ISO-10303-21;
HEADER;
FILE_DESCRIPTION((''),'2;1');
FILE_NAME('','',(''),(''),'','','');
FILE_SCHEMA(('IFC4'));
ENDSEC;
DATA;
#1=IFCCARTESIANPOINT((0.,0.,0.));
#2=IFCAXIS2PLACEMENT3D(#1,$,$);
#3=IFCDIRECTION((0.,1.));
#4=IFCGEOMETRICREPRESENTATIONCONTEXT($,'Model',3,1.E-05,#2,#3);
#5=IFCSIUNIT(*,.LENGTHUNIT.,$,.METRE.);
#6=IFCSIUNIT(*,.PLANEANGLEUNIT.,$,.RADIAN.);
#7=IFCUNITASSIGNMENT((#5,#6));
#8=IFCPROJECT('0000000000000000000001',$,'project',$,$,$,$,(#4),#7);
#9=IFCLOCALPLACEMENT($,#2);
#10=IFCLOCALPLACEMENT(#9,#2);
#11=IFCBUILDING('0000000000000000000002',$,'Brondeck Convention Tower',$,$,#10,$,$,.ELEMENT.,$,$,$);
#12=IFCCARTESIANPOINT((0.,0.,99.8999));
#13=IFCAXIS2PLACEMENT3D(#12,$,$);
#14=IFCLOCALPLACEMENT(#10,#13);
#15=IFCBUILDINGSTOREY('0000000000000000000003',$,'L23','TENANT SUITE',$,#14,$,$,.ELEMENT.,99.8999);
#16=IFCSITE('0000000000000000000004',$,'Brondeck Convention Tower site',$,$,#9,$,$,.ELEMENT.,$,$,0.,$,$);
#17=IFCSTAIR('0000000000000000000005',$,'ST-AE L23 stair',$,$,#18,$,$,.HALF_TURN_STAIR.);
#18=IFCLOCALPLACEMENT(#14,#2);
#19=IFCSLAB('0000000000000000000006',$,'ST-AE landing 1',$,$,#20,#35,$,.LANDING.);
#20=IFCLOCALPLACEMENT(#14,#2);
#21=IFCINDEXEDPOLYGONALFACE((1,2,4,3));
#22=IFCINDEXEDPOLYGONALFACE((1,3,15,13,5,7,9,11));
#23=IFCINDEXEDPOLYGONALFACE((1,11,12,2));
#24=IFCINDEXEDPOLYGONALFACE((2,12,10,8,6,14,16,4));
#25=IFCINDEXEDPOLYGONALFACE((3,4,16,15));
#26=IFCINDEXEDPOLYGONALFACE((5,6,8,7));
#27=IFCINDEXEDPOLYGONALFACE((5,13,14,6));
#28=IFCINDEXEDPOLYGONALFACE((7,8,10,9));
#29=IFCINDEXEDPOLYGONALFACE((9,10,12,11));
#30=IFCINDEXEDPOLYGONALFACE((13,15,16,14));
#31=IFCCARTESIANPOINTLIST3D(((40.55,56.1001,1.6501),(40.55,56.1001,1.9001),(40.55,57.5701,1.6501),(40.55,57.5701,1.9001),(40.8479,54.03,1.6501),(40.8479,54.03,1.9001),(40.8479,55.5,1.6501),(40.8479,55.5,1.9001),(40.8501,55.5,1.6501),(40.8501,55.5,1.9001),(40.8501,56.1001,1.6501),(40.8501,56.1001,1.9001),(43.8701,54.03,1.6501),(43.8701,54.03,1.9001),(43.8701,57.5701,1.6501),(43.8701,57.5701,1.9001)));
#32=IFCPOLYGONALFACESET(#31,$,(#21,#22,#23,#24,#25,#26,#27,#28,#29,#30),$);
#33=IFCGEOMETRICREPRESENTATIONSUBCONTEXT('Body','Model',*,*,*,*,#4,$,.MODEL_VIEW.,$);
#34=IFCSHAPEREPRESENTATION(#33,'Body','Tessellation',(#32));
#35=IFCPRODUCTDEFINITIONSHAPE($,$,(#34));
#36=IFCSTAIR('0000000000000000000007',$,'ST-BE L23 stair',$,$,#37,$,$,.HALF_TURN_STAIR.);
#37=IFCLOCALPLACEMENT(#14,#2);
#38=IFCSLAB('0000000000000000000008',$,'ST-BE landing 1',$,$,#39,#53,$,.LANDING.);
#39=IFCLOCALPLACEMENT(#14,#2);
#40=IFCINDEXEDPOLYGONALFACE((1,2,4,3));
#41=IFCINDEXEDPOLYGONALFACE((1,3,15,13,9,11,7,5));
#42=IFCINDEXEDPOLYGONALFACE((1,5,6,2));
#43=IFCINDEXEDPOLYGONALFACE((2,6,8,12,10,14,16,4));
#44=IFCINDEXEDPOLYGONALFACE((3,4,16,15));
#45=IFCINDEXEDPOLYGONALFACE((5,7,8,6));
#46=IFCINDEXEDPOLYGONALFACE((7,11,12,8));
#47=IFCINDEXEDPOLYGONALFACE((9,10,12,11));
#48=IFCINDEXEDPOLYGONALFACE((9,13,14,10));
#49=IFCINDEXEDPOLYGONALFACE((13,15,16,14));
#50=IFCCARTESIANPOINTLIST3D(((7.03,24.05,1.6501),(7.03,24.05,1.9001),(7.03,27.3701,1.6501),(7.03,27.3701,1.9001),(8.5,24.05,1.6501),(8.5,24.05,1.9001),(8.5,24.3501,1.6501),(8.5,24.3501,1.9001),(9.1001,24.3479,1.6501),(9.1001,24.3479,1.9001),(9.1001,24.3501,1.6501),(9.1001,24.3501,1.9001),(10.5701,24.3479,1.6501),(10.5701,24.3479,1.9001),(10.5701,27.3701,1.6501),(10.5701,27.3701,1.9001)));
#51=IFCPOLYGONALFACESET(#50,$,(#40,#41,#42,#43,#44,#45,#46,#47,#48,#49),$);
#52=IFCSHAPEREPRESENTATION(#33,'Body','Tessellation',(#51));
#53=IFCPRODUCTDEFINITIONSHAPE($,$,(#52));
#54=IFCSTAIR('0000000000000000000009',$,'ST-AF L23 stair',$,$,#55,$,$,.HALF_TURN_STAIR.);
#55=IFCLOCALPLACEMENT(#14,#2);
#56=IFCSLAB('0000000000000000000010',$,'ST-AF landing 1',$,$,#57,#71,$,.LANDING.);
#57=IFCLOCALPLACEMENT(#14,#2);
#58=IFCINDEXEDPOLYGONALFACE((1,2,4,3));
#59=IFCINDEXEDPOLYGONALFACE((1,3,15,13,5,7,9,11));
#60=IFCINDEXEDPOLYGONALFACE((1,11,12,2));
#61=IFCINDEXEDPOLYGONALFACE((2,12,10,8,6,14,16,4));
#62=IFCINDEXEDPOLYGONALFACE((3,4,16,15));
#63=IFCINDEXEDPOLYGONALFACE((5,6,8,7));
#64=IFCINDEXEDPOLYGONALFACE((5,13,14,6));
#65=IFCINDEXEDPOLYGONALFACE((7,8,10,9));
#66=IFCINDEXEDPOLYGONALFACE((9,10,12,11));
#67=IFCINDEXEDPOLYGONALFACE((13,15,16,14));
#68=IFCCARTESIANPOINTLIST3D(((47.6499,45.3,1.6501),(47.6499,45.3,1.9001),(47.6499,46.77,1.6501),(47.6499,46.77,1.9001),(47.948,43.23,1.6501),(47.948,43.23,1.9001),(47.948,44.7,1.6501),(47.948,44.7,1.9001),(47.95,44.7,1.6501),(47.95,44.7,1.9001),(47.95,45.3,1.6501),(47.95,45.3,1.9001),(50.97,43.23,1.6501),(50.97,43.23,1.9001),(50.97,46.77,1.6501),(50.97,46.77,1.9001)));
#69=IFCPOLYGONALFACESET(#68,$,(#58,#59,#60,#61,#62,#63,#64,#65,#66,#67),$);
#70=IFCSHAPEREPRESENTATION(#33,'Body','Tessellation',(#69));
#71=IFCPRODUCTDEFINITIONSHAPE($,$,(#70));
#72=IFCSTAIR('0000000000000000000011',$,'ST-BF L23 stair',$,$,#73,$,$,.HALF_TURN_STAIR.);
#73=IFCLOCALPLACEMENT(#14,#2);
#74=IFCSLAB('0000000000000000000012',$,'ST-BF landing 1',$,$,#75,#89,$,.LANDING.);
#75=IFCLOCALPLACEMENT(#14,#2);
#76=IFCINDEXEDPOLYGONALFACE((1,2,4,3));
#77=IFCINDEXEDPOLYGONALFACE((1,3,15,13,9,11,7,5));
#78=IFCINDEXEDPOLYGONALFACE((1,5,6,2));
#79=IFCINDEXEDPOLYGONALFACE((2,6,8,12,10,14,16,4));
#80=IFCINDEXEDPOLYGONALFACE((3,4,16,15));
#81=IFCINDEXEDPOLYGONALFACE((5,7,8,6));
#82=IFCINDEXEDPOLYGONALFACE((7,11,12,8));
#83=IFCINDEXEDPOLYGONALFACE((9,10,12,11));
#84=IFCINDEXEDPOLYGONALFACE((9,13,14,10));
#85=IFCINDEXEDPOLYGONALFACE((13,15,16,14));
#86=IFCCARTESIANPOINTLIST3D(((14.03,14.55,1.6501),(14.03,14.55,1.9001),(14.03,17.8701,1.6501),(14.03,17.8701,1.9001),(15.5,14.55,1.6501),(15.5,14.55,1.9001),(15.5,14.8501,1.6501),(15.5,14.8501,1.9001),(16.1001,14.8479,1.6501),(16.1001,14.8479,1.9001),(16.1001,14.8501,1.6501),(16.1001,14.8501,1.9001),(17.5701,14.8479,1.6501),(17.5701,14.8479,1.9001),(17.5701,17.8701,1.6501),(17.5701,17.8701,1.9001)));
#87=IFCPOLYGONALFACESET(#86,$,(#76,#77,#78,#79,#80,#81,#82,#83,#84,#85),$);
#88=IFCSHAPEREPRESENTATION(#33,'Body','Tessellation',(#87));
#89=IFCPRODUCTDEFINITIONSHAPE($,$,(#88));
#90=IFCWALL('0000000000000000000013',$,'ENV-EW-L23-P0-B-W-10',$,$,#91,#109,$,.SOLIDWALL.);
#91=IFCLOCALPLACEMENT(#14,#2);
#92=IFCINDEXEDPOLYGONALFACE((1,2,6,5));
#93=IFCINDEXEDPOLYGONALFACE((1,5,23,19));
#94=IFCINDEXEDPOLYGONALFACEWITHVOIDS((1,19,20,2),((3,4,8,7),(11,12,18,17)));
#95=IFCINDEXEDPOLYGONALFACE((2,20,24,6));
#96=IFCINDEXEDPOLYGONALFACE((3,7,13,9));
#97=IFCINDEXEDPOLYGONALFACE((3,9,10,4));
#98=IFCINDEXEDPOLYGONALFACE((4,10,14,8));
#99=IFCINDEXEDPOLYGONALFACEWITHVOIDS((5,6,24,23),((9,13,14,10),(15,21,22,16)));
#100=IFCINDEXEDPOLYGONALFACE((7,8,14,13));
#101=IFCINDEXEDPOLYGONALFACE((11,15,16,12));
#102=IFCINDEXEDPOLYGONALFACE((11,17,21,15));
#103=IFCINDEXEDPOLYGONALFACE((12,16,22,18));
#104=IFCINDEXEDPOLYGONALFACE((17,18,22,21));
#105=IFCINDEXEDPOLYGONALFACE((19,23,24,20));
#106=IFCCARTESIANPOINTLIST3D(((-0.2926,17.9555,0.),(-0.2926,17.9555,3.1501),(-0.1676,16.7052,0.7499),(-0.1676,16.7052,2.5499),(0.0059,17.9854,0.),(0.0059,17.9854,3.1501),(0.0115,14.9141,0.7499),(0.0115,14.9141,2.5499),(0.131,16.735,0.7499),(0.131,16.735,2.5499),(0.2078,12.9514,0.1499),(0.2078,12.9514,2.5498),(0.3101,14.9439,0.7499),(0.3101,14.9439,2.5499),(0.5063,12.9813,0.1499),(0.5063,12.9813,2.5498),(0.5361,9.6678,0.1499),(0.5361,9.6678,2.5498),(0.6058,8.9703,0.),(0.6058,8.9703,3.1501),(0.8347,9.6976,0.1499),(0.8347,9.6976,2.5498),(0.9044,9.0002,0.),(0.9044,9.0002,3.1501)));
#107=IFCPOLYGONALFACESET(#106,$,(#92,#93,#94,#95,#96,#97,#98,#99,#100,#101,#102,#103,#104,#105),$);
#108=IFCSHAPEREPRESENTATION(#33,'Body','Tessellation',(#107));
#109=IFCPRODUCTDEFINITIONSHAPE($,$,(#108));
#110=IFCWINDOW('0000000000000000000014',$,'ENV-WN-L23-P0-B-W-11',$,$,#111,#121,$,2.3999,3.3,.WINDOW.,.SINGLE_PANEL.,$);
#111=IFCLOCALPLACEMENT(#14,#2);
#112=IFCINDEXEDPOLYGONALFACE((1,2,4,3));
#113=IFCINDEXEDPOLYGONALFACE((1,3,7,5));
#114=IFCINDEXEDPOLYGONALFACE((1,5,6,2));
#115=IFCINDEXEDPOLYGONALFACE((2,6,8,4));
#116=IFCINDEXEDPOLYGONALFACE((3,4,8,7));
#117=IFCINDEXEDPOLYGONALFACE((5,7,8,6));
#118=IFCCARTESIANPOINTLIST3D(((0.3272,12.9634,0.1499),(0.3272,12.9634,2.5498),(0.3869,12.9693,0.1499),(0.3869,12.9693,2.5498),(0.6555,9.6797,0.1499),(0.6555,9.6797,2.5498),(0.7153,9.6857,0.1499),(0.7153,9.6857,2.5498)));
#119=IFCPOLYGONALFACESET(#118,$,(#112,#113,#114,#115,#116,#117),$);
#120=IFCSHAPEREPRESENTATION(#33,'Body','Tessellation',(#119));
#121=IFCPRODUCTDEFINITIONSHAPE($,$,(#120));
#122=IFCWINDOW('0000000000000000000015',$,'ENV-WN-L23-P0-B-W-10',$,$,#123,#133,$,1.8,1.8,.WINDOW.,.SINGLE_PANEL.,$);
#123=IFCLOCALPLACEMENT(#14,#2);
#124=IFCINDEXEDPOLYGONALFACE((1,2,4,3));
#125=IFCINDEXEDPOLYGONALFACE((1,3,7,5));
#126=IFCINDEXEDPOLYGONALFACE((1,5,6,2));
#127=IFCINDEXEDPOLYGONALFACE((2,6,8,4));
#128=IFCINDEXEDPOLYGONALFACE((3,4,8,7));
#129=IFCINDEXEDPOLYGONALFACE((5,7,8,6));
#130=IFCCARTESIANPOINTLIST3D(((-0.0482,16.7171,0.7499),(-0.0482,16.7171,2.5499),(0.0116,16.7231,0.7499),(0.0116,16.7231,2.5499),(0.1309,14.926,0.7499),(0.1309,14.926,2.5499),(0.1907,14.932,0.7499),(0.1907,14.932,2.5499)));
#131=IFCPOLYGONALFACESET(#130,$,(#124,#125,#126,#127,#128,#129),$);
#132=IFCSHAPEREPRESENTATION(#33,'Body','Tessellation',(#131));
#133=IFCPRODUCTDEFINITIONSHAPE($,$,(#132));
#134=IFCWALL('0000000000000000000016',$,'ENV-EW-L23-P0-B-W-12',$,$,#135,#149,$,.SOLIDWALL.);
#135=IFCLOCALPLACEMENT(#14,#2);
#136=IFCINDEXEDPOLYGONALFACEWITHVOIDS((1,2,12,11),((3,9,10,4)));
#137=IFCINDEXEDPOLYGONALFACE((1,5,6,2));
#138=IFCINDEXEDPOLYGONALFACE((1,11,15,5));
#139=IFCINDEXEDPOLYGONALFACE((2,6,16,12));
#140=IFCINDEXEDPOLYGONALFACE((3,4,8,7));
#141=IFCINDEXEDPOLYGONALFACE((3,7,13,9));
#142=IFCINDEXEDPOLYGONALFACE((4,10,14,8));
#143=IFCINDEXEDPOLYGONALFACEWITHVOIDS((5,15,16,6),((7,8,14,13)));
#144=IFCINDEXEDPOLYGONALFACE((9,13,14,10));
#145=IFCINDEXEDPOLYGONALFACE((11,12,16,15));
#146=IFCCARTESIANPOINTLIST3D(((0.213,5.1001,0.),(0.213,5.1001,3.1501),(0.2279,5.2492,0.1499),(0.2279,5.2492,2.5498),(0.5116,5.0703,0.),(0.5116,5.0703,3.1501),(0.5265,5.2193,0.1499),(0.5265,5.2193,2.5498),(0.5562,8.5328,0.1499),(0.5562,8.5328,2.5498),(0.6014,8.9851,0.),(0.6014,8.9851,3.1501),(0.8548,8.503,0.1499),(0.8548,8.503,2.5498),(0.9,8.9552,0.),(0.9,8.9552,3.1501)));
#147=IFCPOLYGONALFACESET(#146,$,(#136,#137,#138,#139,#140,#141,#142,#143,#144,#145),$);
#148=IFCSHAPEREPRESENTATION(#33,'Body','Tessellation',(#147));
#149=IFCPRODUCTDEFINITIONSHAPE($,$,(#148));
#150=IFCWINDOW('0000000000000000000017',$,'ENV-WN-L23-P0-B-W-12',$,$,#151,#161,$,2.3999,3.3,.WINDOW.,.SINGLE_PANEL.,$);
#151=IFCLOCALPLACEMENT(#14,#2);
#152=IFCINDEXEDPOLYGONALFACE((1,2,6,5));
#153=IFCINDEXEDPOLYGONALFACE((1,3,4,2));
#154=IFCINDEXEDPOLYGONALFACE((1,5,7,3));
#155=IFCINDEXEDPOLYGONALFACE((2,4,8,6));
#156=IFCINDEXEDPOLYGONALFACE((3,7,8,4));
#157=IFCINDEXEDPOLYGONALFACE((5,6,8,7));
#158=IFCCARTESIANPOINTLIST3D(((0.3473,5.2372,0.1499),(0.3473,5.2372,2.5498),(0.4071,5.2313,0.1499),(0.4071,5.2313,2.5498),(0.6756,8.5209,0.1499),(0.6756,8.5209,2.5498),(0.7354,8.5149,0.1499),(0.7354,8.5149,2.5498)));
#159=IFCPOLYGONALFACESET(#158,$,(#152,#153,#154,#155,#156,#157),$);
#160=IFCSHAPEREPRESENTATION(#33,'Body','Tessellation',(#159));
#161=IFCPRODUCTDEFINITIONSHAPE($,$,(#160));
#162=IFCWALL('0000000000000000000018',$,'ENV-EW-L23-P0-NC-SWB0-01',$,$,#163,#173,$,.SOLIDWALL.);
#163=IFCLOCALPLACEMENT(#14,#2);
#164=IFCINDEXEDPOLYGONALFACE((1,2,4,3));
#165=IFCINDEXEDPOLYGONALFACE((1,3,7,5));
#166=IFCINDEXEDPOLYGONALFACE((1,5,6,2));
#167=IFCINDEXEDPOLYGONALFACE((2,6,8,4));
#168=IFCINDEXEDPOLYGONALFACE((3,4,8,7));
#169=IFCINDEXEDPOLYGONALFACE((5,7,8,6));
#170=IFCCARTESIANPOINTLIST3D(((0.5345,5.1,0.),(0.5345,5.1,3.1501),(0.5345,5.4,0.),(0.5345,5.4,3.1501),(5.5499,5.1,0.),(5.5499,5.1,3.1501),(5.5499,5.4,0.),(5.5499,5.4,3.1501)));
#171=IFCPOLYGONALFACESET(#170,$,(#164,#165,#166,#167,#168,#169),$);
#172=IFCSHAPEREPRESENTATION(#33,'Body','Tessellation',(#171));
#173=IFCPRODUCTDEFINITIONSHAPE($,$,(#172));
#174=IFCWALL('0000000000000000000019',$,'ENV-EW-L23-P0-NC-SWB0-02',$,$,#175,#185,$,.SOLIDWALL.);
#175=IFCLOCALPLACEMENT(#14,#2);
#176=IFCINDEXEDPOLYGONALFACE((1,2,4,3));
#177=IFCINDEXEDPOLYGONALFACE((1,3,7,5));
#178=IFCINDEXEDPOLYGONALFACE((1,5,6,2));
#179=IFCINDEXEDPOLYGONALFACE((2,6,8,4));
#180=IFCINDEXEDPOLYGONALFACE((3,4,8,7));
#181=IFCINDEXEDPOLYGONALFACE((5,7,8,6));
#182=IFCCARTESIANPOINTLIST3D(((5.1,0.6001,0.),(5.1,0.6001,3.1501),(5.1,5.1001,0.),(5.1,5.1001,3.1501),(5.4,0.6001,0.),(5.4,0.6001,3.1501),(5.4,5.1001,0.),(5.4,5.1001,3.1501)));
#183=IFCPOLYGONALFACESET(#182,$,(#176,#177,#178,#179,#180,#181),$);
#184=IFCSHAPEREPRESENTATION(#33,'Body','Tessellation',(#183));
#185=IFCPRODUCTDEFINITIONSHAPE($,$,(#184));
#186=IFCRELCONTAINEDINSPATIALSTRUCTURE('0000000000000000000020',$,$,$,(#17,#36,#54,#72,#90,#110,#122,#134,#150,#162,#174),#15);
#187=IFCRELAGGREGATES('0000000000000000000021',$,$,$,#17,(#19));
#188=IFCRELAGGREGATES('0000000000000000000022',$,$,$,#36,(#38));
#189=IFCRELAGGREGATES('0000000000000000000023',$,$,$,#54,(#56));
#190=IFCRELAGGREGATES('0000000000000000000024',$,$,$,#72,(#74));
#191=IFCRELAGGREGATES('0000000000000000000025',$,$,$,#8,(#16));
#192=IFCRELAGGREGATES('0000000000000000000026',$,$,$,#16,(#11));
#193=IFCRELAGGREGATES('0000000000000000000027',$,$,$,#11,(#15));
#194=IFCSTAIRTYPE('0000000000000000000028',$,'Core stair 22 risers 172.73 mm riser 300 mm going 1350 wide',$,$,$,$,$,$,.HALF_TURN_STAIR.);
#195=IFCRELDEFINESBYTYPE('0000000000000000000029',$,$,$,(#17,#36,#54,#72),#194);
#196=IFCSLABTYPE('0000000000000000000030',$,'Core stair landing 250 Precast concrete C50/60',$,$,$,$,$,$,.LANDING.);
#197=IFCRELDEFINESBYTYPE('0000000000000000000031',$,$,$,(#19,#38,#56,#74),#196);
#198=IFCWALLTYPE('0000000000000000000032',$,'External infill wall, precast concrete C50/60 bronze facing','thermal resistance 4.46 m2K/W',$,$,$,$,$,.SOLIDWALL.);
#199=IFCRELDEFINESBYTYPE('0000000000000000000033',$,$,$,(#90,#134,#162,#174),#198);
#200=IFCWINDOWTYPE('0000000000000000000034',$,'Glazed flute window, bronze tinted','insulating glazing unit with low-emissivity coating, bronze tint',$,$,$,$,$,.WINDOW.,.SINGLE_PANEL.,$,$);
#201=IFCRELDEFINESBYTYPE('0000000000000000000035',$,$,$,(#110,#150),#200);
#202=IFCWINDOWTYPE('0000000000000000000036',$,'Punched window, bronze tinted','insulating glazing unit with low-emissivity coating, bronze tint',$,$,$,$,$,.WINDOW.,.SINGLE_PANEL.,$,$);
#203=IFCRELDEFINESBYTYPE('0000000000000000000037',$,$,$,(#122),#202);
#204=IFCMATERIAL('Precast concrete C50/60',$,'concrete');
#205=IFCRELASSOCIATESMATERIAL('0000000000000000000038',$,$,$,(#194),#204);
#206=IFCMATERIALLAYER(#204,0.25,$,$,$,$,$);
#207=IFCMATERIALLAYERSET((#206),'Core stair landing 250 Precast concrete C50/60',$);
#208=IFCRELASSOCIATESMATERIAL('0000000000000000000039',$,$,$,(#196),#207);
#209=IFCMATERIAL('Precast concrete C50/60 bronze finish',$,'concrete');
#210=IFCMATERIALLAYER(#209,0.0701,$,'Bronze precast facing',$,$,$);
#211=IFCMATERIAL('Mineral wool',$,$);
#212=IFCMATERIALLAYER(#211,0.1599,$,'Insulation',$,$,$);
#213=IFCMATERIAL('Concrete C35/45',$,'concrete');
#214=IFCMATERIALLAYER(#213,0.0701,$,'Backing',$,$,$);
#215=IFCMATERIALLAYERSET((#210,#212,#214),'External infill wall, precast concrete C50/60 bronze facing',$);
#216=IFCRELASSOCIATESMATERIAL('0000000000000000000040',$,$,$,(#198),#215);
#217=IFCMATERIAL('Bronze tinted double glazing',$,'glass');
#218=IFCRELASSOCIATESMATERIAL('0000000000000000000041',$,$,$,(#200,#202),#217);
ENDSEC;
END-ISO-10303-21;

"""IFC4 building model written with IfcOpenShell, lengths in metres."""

from ifc_helpers import new_model, si_unit, direction, frame, frame_2d, origin, place, context, subcontext, project, spatial, polyline, rectangle, outline, extrude, material, layer, layer_set, type_object, element, fill, aggregate, save


model = new_model("IFC4")

# Units and contexts
model_context = context("Model", 3, precision=1e-05, world=origin(), true_north=direction((0.0, 1.0)))
body_context = subcontext(model_context, "Body", "Model", "MODEL_VIEW")
ifc_project = project(units=[si_unit("LENGTHUNIT", "METRE"), si_unit("PLANEANGLEUNIT", "RADIAN")], contexts=[model_context])

# Site, building, storey
site_placement = place(None, origin())
site = spatial("IfcSite", under=ifc_project, at=site_placement, Name="Brondeck Convention Tower site", CompositionType="ELEMENT", RefElevation=0.0)
building_placement = place(site_placement, origin())
building = spatial("IfcBuilding", under=site, at=building_placement, Name="Brondeck Convention Tower", CompositionType="ELEMENT")
storey_placement = place(building_placement, frame((0.0, 0.0, 99.8999)))
storey = spatial("IfcBuildingStorey", under=building, at=storey_placement, Name="L23", Description="TENANT SUITE", CompositionType="ELEMENT", Elevation=99.8999)

# Shared definitions
ifc_material_1 = material(Name="Concrete C35/45", Category="concrete")

# Stairs, slabs
ifc_material_2 = material(Name="Precast concrete C50/60", Category="concrete")
stair_type = type_object("IfcStairType", Name="Core stair 22 risers 172.73 mm riser 300 mm going 1350 wide", PredefinedType="HALF_TURN_STAIR", material=ifc_material_2)
ifc_layer_1 = layer(ifc_material_2, 0.25)
ifc_layer_set_1 = layer_set([ifc_layer_1], Name="Core stair landing 250 Precast concrete C50/60")
slab_type_1 = type_object("IfcSlabType", Name="Core stair landing 250 Precast concrete C50/60", PredefinedType="LANDING", material=ifc_layer_set_1)
stair_1_placement = place(storey_placement, origin())
stair_1 = element("IfcStair", 1, at=stair_1_placement, inside=storey, type_object=stair_type, Name="ST-AE L23 stair", PredefinedType="HALF_TURN_STAIR")
slab_1_placement = place(storey_placement, frame((0.0, 0.0, 1.6501)))
slab_1 = element("IfcSlab", 2, at=slab_1_placement, type_object=slab_type_1, Name="ST-AE landing 1", PredefinedType="LANDING", context=body_context, shape_type="SweptSolid", body=[
    extrude(outline(polyline([(40.8479, 55.5), (40.8501, 55.5), (40.8501, 56.1001), (40.55, 56.1001), (40.55, 57.5701), (43.8701, 57.5701), (43.8701, 54.03), (40.8479, 54.03), (40.8479, 55.5)])), origin(), (0.0, 0.0, 1.0), 0.25),
])
aggregate(stair_1, [slab_1])
stair_2_placement = place(storey_placement, origin())
stair_2 = element("IfcStair", 3, at=stair_2_placement, inside=storey, type_object=stair_type, Name="ST-BE L23 stair", PredefinedType="HALF_TURN_STAIR")
slab_2_placement = place(storey_placement, frame((0.0, 0.0, 1.6501)))
slab_2 = element("IfcSlab", 4, at=slab_2_placement, type_object=slab_type_1, Name="ST-BE landing 1", PredefinedType="LANDING", context=body_context, shape_type="SweptSolid", body=[
    extrude(outline(polyline([(7.03, 24.05), (7.03, 27.3701), (10.5701, 27.3701), (10.5701, 24.3479), (9.1001, 24.3479), (9.1001, 24.3501), (8.5, 24.3501), (8.5, 24.05), (7.03, 24.05)])), origin(), (0.0, 0.0, 1.0), 0.25),
])
aggregate(stair_2, [slab_2])
stair_3_placement = place(storey_placement, origin())
stair_3 = element("IfcStair", 5, at=stair_3_placement, inside=storey, type_object=stair_type, Name="ST-AF L23 stair", PredefinedType="HALF_TURN_STAIR")
slab_3_placement = place(storey_placement, frame((0.0, 0.0, 1.6501)))
slab_3 = element("IfcSlab", 6, at=slab_3_placement, type_object=slab_type_1, Name="ST-AF landing 1", PredefinedType="LANDING", context=body_context, shape_type="SweptSolid", body=[
    extrude(outline(polyline([(47.948, 44.7), (47.95, 44.7), (47.95, 45.3), (47.6499, 45.3), (47.6499, 46.77), (50.97, 46.77), (50.97, 43.23), (47.948, 43.23), (47.948, 44.7)])), origin(), (0.0, 0.0, 1.0), 0.25),
])
aggregate(stair_3, [slab_3])
stair_4_placement = place(storey_placement, origin())
stair_4 = element("IfcStair", 7, at=stair_4_placement, inside=storey, type_object=stair_type, Name="ST-BF L23 stair", PredefinedType="HALF_TURN_STAIR")
slab_4_placement = place(storey_placement, frame((0.0, 0.0, 1.6501)))
slab_4 = element("IfcSlab", 8, at=slab_4_placement, type_object=slab_type_1, Name="ST-BF landing 1", PredefinedType="LANDING", context=body_context, shape_type="SweptSolid", body=[
    extrude(outline(polyline([(14.03, 14.55), (14.03, 17.8701), (17.5701, 17.8701), (17.5701, 14.8479), (16.1001, 14.8479), (16.1001, 14.8501), (15.5, 14.8501), (15.5, 14.55), (14.03, 14.55)])), origin(), (0.0, 0.0, 1.0), 0.25),
])
aggregate(stair_4, [slab_4])

# Wall, openings, windows
ifc_material_3 = material(Name="Precast concrete C50/60 bronze finish", Category="concrete")
ifc_layer_2 = layer(ifc_material_3, 0.0701, Name="Bronze precast facing")
ifc_material_4 = material(Name="Mineral wool")
ifc_layer_3 = layer(ifc_material_4, 0.1599, Name="Insulation")
ifc_layer_4 = layer(ifc_material_1, 0.0701, Name="Backing")
ifc_layer_set_2 = layer_set([ifc_layer_2, ifc_layer_3, ifc_layer_4], Name="External infill wall, precast concrete C50/60 bronze facing")
wall_type = type_object("IfcWallType", Name="External infill wall, precast concrete C50/60 bronze facing", Description="thermal resistance 4.46 m2K/W", PredefinedType="SOLIDWALL", material=ifc_layer_set_2)
wall_1_placement = place(storey_placement, frame((0.7551, 8.9851, 0.0), z_axis=(0.0, 0.0, 1.0), x_axis=(-0.099496, 0.995038, 0.0)))
wall_1 = element("IfcWall", 9, at=wall_1_placement, inside=storey, type_object=wall_type, Name="ENV-EW-L23-P0-B-W-10", PredefinedType="SOLIDWALL", context=body_context, shape_type="SweptSolid", body=[
    extrude(rectangle(XDim=9.03, YDim=0.3, at=frame_2d((4.5151, 0.0))), origin(), (0.0, 0.0, 1.0), 3.1501),
])
opening_1_placement = place(wall_1_placement, frame((0.7012, 0.0, 0.1499)))
opening_1 = element("IfcOpeningElement", 10, at=opening_1_placement, cuts=wall_1, PredefinedType="OPENING", context=body_context, shape_type="SweptSolid", body=[
    extrude(rectangle(XDim=3.3, YDim=2.3999, at=frame_2d((1.6499, 1.2))), frame((0.0, 0.1599, 0.0), z_axis=(0.0, -1.0, 0.0), x_axis=(1.0, 0.0, 0.0)), (0.0, 0.0, 1.0), 0.3201),
])
opening_2_placement = place(wall_1_placement, frame((5.9736, 0.0, 0.75)))
opening_2 = element("IfcOpeningElement", 11, at=opening_2_placement, cuts=wall_1, PredefinedType="OPENING", context=body_context, shape_type="SweptSolid", body=[
    extrude(rectangle(XDim=1.8, YDim=1.8, at=frame_2d((0.8999, 0.8999))), frame((0.0, 0.1599, 0.0), z_axis=(0.0, -1.0, 0.0), x_axis=(1.0, 0.0, 0.0)), (0.0, 0.0, 1.0), 0.3201),
])
ifc_material_5 = material(Name="Bronze tinted double glazing", Category="glass")
window_type_1 = type_object("IfcWindowType", Name="Glazed flute window, bronze tinted", Description="insulating glazing unit with low-emissivity coating, bronze tint", PartitioningType="SINGLE_PANEL", PredefinedType="WINDOW", material=ifc_material_5)
window_1_placement = place(opening_1_placement, origin())
window_1 = element("IfcWindow", 12, at=window_1_placement, inside=storey, type_object=window_type_1, Name="ENV-WN-L23-P0-B-W-11", OverallHeight=2.3999, OverallWidth=3.3, PartitioningType="SINGLE_PANEL", PredefinedType="WINDOW", context=body_context, shape_type="SweptSolid", body=[
    extrude(rectangle(XDim=3.3, YDim=2.3999, at=frame_2d((1.6499, 1.2))), frame((0.0, 0.03, 0.0), z_axis=(0.0, -1.0, 0.0), x_axis=(1.0, 0.0, 0.0)), (0.0, 0.0, 1.0), 0.0601),
])
fill(opening_1, window_1)
window_type_2 = type_object("IfcWindowType", Name="Punched window, bronze tinted", Description="insulating glazing unit with low-emissivity coating, bronze tint", PartitioningType="SINGLE_PANEL", PredefinedType="WINDOW", material=ifc_material_5)
window_2_placement = place(opening_2_placement, origin())
window_2 = element("IfcWindow", 13, at=window_2_placement, inside=storey, type_object=window_type_2, Name="ENV-WN-L23-P0-B-W-10", OverallHeight=1.8, OverallWidth=1.8, PartitioningType="SINGLE_PANEL", PredefinedType="WINDOW", context=body_context, shape_type="SweptSolid", body=[
    extrude(rectangle(XDim=1.8, YDim=1.8, at=frame_2d((0.8999, 0.8999))), frame((0.0, 0.03, 0.0), z_axis=(0.0, -1.0, 0.0), x_axis=(1.0, 0.0, 0.0)), (0.0, 0.0, 1.0), 0.0601),
])
fill(opening_2, window_2)

# Wall, opening, window
wall_2_placement = place(storey_placement, frame((0.3623, 5.0852, 0.0), z_axis=(0.0, 0.0, 1.0), x_axis=(0.099485, 0.995039, 0.0)))
wall_2 = element("IfcWall", 14, at=wall_2_placement, inside=storey, type_object=wall_type, Name="ENV-EW-L23-P0-B-W-12", PredefinedType="SOLIDWALL", context=body_context, shape_type="SweptSolid", body=[
    extrude(rectangle(XDim=3.9043, YDim=0.3, at=frame_2d((1.9521, 0.0))), origin(), (0.0, 0.0, 1.0), 3.1501),
])
opening_3_placement = place(wall_2_placement, frame((0.1499, 0.0, 0.1499)))
opening_3 = element("IfcOpeningElement", 15, at=opening_3_placement, cuts=wall_2, PredefinedType="OPENING", context=body_context, shape_type="SweptSolid", body=[
    extrude(rectangle(XDim=3.3, YDim=2.3999, at=frame_2d((1.6499, 1.2))), frame((0.0, 0.1599, 0.0), z_axis=(0.0, -1.0, 0.0), x_axis=(1.0, 0.0, 0.0)), (0.0, 0.0, 1.0), 0.3201),
])
window_3_placement = place(opening_3_placement, origin())
window_3 = element("IfcWindow", 16, at=window_3_placement, inside=storey, type_object=window_type_1, Name="ENV-WN-L23-P0-B-W-12", OverallHeight=2.3999, OverallWidth=3.3, PartitioningType="SINGLE_PANEL", PredefinedType="WINDOW", context=body_context, shape_type="SweptSolid", body=[
    extrude(rectangle(XDim=3.3, YDim=2.3999, at=frame_2d((1.6499, 1.2))), frame((0.0, 0.03, 0.0), z_axis=(0.0, -1.0, 0.0), x_axis=(1.0, 0.0, 0.0)), (0.0, 0.0, 1.0), 0.0601),
])
fill(opening_3, window_3)

# Walls
wall_3_placement = place(storey_placement, frame((5.55, 5.25, 0.0), z_axis=(0.0, 0.0, 1.0), x_axis=(-1.0, 0.0, 0.0)))
element("IfcWall", 17, at=wall_3_placement, inside=storey, type_object=wall_type, Name="ENV-EW-L23-P0-NC-SWB0-01", PredefinedType="SOLIDWALL", context=body_context, shape_type="SweptSolid", body=[
    extrude(rectangle(XDim=5.0154, YDim=0.3, at=frame_2d((2.5078, 0.0))), origin(), (0.0, 0.0, 1.0), 3.1501),
])
wall_4_placement = place(storey_placement, frame((5.25, 0.6001, 0.0), z_axis=(0.0, 0.0, 1.0), x_axis=(0.0, 1.0, 0.0)))
element("IfcWall", 18, at=wall_4_placement, inside=storey, type_object=wall_type, Name="ENV-EW-L23-P0-NC-SWB0-02", PredefinedType="SOLIDWALL", context=body_context, shape_type="SweptSolid", body=[
    extrude(rectangle(XDim=4.5, YDim=0.3, at=frame_2d((2.25, 0.0))), origin(), (0.0, 0.0, 1.0), 3.1501),
])

save(model, "model.ifc")
